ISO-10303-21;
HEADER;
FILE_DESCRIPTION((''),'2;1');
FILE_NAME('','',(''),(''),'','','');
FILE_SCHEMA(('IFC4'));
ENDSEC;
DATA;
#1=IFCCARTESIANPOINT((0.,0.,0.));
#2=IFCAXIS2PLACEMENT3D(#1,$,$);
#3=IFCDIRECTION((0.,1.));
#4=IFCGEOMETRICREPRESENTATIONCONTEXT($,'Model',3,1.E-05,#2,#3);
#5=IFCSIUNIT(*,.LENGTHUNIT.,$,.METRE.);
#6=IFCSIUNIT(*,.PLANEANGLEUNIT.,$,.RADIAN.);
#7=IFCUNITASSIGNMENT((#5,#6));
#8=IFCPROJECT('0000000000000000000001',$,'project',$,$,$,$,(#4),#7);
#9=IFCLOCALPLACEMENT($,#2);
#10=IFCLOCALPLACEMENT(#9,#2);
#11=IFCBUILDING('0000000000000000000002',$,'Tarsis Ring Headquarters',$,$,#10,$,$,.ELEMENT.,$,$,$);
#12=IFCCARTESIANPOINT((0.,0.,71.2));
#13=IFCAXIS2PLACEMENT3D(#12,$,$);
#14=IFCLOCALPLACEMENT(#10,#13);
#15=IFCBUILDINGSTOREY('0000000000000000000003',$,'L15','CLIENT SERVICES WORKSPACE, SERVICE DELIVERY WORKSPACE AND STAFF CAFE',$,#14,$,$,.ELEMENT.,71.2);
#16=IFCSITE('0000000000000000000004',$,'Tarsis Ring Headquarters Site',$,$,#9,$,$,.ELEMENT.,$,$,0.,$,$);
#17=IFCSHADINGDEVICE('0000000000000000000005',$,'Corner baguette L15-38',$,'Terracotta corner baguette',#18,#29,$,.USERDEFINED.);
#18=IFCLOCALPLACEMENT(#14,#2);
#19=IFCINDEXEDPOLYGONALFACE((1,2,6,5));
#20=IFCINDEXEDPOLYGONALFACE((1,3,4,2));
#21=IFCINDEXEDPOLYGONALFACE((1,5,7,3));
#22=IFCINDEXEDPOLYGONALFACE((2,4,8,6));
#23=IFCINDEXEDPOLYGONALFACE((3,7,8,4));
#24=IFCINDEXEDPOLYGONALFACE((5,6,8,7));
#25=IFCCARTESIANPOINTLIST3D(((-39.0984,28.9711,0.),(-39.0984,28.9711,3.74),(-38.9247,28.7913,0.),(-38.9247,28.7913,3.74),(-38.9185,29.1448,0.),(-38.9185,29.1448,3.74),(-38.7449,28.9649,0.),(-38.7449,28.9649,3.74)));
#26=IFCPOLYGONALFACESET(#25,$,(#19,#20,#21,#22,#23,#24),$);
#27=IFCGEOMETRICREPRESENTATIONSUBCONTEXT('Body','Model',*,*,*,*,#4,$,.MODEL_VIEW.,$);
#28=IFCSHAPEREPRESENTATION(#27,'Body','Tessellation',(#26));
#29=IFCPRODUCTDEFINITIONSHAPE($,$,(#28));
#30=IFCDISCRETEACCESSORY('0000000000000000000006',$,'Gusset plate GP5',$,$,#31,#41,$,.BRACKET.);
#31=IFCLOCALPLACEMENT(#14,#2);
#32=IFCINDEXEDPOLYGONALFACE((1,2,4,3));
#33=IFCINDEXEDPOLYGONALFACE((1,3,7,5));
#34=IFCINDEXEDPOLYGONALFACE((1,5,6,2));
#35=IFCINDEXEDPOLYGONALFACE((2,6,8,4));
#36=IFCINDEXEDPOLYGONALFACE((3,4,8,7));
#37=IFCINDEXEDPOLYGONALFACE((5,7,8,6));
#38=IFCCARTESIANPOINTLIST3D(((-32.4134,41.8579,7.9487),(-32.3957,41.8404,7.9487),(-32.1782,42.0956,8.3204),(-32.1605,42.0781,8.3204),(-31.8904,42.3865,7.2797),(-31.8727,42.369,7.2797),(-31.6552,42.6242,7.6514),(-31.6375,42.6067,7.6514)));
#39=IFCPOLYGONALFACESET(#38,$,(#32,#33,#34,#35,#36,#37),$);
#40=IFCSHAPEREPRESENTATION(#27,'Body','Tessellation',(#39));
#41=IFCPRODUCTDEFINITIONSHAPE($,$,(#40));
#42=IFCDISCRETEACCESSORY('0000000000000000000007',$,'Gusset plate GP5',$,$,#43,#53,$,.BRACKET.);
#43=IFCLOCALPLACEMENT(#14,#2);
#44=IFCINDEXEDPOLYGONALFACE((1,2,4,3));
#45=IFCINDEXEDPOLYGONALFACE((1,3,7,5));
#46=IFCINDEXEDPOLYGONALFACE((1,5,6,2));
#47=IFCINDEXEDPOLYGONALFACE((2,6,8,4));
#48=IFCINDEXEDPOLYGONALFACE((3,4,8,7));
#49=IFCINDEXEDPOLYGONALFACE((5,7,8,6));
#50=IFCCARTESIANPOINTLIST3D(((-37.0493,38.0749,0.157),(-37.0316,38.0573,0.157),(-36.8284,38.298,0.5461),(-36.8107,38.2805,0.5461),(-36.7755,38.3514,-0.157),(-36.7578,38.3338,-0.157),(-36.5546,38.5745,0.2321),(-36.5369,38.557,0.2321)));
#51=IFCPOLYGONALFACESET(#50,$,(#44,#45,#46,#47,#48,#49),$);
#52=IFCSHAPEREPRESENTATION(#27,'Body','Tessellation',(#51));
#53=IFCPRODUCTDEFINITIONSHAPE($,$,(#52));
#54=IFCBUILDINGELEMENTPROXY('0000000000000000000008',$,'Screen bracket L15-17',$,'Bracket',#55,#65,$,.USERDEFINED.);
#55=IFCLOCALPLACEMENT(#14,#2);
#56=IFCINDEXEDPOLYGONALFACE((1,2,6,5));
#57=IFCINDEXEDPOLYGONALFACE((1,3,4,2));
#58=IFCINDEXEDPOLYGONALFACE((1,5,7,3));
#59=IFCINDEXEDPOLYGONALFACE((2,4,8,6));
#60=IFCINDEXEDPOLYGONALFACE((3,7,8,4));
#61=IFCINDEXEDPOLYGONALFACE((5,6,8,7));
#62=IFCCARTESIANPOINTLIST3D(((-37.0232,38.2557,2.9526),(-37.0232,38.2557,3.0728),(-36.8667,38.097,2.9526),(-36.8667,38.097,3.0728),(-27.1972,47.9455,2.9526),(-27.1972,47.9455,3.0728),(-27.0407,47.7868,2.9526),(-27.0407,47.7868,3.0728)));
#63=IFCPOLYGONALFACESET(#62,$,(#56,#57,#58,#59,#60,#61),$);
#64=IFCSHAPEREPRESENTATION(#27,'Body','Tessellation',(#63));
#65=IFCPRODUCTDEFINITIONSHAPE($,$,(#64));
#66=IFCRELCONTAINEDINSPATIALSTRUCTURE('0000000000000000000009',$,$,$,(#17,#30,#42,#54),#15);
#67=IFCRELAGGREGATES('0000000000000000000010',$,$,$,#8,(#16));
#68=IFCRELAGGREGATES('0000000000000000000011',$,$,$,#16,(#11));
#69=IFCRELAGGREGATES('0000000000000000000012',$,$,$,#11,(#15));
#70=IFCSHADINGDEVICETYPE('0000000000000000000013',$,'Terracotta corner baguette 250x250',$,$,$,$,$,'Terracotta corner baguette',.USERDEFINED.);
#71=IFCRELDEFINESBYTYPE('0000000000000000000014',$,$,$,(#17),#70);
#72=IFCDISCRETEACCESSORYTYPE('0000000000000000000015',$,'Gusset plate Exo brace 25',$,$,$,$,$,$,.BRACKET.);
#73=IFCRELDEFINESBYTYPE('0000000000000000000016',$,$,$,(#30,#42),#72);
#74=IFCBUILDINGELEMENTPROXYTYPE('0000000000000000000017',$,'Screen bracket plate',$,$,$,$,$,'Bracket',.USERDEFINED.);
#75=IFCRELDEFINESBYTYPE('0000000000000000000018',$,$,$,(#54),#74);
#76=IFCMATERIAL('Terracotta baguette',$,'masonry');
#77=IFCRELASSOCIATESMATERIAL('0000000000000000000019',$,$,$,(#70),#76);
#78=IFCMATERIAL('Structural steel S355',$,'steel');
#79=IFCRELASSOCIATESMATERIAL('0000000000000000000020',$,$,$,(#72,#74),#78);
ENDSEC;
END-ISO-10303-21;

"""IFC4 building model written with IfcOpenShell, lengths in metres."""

from ifc_helpers import new_model, si_unit, direction, frame, origin, origin_2d, place, context, subcontext, project, spatial, rectangle, extrude, material, material_profile, profile_set, type_object, element, save


model = new_model("IFC4")

# Units and contexts
model_context = context("Model", 3, precision=1e-05, world=origin(), true_north=direction((0.0, 1.0)))
body_context = subcontext(model_context, "Body", "Model", "MODEL_VIEW")
ifc_project = project(units=[si_unit("LENGTHUNIT", "METRE"), si_unit("PLANEANGLEUNIT", "RADIAN")], contexts=[model_context])

# Site, building, storey
site_placement = place(None, origin())
site = spatial("IfcSite", under=ifc_project, at=site_placement, Name="Tarsis Ring Headquarters Site", CompositionType="ELEMENT", RefElevation=0.0)
building_placement = place(site_placement, origin())
building = spatial("IfcBuilding", under=site, at=building_placement, Name="Tarsis Ring Headquarters", CompositionType="ELEMENT")
storey_placement = place(building_placement, frame((0.0, 0.0, 71.2)))
storey = spatial("IfcBuildingStorey", under=building, at=storey_placement, Name="L15", Description="CLIENT SERVICES WORKSPACE, SERVICE DELIVERY WORKSPACE AND STAFF CAFE", CompositionType="ELEMENT", Elevation=71.2)

# Shared definitions
ifc_material_1 = material(Name="Structural steel S355", Category="steel")

# Shading device
ifc_material_2 = material(Name="Terracotta baguette", Category="masonry")
shading_device_type_1 = type_object("IfcShadingDeviceType", Name="Terracotta corner baguette 250x250", ElementType="Terracotta corner baguette", PredefinedType="USERDEFINED", material=ifc_material_2)
for number, where, z_axis, x_axis, name in (
    (1, (-38.9216, 28.968, 0.0), (0.0, 0.0, 1.0), (0.694658, -0.71934, 0.0), "Corner baguette L15-38"),
):
    element("IfcShadingDevice", number, at=place(storey_placement, frame(where, z_axis=z_axis, x_axis=x_axis)), inside=storey, type_object=shading_device_type_1, Name=name, ObjectType="Terracotta corner baguette", PredefinedType="USERDEFINED", context=body_context, shape_type="SweptSolid", body=[
        extrude(rectangle(XDim=0.25, YDim=0.25, at=origin_2d()), origin(), (0.0, 0.0, 1.0), 3.74),
    ])

# Discrete accessories
ifc_material_profile_1 = material_profile(ifc_material_1, rectangle(XDim=0.0249, YDim=0.5, at=origin_2d()), Name="PL 25x500")
ifc_profile_set_1 = profile_set([ifc_material_profile_1], Name="Structural steel S355")
discrete_accessory_type = type_object("IfcDiscreteAccessoryType", Name="Gusset plate Exo brace 25", PredefinedType="BRACKET", material=ifc_profile_set_1)
discrete_accessory_1_placement = place(storey_placement, frame((-31.7639, 42.4966, 7.4656), z_axis=(-0.522859, -0.528474, 0.66883), x_axis=(0.710873, -0.703321, 0.0)))
element("IfcDiscreteAccessory", 2, at=discrete_accessory_1_placement, inside=storey, type_object=discrete_accessory_type, Name="Gusset plate GP5", PredefinedType="BRACKET", context=body_context, shape_type="SweptSolid", body=[
    extrude(rectangle(XDim=0.0249, YDim=0.5, at=origin_2d()), origin(), (0.0, 0.0, 1.0), 1.0002),
])
discrete_accessory_2_placement = place(storey_placement, frame((-36.9036, 38.2043, 0.0), z_axis=(0.441844, 0.446238, 0.778232), x_axis=(-0.710597, 0.7036, 0.0)))
element("IfcDiscreteAccessory", 3, at=discrete_accessory_2_placement, inside=storey, type_object=discrete_accessory_type, Name="Gusset plate GP5", PredefinedType="BRACKET", context=body_context, shape_type="SweptSolid", body=[
    extrude(rectangle(XDim=0.0249, YDim=0.5, at=origin_2d()), origin(), (0.0, 0.0, 1.0), 0.5),
])

# Building element proxy
building_element_proxy_type = type_object("IfcBuildingElementProxyType", Name="Screen bracket plate", ElementType="Bracket", PredefinedType="USERDEFINED", material=ifc_material_1)
proxy_placement = place(storey_placement, frame((-32.032, 43.0212, 2.9526), z_axis=(0.0, 0.0, 1.0), x_axis=(-0.712026, -0.702153, 0.0)))
element("IfcBuildingElementProxy", 4, at=proxy_placement, inside=storey, type_object=building_element_proxy_type, Name="Screen bracket L15-17", ObjectType="Bracket", PredefinedType="USERDEFINED", context=body_context, shape_type="SweptSolid", body=[
    extrude(rectangle(XDim=13.8, YDim=0.2229, at=origin_2d()), origin(), (0.0, 0.0, 1.0), 0.1201),
])

save(model, "model.ifc")
